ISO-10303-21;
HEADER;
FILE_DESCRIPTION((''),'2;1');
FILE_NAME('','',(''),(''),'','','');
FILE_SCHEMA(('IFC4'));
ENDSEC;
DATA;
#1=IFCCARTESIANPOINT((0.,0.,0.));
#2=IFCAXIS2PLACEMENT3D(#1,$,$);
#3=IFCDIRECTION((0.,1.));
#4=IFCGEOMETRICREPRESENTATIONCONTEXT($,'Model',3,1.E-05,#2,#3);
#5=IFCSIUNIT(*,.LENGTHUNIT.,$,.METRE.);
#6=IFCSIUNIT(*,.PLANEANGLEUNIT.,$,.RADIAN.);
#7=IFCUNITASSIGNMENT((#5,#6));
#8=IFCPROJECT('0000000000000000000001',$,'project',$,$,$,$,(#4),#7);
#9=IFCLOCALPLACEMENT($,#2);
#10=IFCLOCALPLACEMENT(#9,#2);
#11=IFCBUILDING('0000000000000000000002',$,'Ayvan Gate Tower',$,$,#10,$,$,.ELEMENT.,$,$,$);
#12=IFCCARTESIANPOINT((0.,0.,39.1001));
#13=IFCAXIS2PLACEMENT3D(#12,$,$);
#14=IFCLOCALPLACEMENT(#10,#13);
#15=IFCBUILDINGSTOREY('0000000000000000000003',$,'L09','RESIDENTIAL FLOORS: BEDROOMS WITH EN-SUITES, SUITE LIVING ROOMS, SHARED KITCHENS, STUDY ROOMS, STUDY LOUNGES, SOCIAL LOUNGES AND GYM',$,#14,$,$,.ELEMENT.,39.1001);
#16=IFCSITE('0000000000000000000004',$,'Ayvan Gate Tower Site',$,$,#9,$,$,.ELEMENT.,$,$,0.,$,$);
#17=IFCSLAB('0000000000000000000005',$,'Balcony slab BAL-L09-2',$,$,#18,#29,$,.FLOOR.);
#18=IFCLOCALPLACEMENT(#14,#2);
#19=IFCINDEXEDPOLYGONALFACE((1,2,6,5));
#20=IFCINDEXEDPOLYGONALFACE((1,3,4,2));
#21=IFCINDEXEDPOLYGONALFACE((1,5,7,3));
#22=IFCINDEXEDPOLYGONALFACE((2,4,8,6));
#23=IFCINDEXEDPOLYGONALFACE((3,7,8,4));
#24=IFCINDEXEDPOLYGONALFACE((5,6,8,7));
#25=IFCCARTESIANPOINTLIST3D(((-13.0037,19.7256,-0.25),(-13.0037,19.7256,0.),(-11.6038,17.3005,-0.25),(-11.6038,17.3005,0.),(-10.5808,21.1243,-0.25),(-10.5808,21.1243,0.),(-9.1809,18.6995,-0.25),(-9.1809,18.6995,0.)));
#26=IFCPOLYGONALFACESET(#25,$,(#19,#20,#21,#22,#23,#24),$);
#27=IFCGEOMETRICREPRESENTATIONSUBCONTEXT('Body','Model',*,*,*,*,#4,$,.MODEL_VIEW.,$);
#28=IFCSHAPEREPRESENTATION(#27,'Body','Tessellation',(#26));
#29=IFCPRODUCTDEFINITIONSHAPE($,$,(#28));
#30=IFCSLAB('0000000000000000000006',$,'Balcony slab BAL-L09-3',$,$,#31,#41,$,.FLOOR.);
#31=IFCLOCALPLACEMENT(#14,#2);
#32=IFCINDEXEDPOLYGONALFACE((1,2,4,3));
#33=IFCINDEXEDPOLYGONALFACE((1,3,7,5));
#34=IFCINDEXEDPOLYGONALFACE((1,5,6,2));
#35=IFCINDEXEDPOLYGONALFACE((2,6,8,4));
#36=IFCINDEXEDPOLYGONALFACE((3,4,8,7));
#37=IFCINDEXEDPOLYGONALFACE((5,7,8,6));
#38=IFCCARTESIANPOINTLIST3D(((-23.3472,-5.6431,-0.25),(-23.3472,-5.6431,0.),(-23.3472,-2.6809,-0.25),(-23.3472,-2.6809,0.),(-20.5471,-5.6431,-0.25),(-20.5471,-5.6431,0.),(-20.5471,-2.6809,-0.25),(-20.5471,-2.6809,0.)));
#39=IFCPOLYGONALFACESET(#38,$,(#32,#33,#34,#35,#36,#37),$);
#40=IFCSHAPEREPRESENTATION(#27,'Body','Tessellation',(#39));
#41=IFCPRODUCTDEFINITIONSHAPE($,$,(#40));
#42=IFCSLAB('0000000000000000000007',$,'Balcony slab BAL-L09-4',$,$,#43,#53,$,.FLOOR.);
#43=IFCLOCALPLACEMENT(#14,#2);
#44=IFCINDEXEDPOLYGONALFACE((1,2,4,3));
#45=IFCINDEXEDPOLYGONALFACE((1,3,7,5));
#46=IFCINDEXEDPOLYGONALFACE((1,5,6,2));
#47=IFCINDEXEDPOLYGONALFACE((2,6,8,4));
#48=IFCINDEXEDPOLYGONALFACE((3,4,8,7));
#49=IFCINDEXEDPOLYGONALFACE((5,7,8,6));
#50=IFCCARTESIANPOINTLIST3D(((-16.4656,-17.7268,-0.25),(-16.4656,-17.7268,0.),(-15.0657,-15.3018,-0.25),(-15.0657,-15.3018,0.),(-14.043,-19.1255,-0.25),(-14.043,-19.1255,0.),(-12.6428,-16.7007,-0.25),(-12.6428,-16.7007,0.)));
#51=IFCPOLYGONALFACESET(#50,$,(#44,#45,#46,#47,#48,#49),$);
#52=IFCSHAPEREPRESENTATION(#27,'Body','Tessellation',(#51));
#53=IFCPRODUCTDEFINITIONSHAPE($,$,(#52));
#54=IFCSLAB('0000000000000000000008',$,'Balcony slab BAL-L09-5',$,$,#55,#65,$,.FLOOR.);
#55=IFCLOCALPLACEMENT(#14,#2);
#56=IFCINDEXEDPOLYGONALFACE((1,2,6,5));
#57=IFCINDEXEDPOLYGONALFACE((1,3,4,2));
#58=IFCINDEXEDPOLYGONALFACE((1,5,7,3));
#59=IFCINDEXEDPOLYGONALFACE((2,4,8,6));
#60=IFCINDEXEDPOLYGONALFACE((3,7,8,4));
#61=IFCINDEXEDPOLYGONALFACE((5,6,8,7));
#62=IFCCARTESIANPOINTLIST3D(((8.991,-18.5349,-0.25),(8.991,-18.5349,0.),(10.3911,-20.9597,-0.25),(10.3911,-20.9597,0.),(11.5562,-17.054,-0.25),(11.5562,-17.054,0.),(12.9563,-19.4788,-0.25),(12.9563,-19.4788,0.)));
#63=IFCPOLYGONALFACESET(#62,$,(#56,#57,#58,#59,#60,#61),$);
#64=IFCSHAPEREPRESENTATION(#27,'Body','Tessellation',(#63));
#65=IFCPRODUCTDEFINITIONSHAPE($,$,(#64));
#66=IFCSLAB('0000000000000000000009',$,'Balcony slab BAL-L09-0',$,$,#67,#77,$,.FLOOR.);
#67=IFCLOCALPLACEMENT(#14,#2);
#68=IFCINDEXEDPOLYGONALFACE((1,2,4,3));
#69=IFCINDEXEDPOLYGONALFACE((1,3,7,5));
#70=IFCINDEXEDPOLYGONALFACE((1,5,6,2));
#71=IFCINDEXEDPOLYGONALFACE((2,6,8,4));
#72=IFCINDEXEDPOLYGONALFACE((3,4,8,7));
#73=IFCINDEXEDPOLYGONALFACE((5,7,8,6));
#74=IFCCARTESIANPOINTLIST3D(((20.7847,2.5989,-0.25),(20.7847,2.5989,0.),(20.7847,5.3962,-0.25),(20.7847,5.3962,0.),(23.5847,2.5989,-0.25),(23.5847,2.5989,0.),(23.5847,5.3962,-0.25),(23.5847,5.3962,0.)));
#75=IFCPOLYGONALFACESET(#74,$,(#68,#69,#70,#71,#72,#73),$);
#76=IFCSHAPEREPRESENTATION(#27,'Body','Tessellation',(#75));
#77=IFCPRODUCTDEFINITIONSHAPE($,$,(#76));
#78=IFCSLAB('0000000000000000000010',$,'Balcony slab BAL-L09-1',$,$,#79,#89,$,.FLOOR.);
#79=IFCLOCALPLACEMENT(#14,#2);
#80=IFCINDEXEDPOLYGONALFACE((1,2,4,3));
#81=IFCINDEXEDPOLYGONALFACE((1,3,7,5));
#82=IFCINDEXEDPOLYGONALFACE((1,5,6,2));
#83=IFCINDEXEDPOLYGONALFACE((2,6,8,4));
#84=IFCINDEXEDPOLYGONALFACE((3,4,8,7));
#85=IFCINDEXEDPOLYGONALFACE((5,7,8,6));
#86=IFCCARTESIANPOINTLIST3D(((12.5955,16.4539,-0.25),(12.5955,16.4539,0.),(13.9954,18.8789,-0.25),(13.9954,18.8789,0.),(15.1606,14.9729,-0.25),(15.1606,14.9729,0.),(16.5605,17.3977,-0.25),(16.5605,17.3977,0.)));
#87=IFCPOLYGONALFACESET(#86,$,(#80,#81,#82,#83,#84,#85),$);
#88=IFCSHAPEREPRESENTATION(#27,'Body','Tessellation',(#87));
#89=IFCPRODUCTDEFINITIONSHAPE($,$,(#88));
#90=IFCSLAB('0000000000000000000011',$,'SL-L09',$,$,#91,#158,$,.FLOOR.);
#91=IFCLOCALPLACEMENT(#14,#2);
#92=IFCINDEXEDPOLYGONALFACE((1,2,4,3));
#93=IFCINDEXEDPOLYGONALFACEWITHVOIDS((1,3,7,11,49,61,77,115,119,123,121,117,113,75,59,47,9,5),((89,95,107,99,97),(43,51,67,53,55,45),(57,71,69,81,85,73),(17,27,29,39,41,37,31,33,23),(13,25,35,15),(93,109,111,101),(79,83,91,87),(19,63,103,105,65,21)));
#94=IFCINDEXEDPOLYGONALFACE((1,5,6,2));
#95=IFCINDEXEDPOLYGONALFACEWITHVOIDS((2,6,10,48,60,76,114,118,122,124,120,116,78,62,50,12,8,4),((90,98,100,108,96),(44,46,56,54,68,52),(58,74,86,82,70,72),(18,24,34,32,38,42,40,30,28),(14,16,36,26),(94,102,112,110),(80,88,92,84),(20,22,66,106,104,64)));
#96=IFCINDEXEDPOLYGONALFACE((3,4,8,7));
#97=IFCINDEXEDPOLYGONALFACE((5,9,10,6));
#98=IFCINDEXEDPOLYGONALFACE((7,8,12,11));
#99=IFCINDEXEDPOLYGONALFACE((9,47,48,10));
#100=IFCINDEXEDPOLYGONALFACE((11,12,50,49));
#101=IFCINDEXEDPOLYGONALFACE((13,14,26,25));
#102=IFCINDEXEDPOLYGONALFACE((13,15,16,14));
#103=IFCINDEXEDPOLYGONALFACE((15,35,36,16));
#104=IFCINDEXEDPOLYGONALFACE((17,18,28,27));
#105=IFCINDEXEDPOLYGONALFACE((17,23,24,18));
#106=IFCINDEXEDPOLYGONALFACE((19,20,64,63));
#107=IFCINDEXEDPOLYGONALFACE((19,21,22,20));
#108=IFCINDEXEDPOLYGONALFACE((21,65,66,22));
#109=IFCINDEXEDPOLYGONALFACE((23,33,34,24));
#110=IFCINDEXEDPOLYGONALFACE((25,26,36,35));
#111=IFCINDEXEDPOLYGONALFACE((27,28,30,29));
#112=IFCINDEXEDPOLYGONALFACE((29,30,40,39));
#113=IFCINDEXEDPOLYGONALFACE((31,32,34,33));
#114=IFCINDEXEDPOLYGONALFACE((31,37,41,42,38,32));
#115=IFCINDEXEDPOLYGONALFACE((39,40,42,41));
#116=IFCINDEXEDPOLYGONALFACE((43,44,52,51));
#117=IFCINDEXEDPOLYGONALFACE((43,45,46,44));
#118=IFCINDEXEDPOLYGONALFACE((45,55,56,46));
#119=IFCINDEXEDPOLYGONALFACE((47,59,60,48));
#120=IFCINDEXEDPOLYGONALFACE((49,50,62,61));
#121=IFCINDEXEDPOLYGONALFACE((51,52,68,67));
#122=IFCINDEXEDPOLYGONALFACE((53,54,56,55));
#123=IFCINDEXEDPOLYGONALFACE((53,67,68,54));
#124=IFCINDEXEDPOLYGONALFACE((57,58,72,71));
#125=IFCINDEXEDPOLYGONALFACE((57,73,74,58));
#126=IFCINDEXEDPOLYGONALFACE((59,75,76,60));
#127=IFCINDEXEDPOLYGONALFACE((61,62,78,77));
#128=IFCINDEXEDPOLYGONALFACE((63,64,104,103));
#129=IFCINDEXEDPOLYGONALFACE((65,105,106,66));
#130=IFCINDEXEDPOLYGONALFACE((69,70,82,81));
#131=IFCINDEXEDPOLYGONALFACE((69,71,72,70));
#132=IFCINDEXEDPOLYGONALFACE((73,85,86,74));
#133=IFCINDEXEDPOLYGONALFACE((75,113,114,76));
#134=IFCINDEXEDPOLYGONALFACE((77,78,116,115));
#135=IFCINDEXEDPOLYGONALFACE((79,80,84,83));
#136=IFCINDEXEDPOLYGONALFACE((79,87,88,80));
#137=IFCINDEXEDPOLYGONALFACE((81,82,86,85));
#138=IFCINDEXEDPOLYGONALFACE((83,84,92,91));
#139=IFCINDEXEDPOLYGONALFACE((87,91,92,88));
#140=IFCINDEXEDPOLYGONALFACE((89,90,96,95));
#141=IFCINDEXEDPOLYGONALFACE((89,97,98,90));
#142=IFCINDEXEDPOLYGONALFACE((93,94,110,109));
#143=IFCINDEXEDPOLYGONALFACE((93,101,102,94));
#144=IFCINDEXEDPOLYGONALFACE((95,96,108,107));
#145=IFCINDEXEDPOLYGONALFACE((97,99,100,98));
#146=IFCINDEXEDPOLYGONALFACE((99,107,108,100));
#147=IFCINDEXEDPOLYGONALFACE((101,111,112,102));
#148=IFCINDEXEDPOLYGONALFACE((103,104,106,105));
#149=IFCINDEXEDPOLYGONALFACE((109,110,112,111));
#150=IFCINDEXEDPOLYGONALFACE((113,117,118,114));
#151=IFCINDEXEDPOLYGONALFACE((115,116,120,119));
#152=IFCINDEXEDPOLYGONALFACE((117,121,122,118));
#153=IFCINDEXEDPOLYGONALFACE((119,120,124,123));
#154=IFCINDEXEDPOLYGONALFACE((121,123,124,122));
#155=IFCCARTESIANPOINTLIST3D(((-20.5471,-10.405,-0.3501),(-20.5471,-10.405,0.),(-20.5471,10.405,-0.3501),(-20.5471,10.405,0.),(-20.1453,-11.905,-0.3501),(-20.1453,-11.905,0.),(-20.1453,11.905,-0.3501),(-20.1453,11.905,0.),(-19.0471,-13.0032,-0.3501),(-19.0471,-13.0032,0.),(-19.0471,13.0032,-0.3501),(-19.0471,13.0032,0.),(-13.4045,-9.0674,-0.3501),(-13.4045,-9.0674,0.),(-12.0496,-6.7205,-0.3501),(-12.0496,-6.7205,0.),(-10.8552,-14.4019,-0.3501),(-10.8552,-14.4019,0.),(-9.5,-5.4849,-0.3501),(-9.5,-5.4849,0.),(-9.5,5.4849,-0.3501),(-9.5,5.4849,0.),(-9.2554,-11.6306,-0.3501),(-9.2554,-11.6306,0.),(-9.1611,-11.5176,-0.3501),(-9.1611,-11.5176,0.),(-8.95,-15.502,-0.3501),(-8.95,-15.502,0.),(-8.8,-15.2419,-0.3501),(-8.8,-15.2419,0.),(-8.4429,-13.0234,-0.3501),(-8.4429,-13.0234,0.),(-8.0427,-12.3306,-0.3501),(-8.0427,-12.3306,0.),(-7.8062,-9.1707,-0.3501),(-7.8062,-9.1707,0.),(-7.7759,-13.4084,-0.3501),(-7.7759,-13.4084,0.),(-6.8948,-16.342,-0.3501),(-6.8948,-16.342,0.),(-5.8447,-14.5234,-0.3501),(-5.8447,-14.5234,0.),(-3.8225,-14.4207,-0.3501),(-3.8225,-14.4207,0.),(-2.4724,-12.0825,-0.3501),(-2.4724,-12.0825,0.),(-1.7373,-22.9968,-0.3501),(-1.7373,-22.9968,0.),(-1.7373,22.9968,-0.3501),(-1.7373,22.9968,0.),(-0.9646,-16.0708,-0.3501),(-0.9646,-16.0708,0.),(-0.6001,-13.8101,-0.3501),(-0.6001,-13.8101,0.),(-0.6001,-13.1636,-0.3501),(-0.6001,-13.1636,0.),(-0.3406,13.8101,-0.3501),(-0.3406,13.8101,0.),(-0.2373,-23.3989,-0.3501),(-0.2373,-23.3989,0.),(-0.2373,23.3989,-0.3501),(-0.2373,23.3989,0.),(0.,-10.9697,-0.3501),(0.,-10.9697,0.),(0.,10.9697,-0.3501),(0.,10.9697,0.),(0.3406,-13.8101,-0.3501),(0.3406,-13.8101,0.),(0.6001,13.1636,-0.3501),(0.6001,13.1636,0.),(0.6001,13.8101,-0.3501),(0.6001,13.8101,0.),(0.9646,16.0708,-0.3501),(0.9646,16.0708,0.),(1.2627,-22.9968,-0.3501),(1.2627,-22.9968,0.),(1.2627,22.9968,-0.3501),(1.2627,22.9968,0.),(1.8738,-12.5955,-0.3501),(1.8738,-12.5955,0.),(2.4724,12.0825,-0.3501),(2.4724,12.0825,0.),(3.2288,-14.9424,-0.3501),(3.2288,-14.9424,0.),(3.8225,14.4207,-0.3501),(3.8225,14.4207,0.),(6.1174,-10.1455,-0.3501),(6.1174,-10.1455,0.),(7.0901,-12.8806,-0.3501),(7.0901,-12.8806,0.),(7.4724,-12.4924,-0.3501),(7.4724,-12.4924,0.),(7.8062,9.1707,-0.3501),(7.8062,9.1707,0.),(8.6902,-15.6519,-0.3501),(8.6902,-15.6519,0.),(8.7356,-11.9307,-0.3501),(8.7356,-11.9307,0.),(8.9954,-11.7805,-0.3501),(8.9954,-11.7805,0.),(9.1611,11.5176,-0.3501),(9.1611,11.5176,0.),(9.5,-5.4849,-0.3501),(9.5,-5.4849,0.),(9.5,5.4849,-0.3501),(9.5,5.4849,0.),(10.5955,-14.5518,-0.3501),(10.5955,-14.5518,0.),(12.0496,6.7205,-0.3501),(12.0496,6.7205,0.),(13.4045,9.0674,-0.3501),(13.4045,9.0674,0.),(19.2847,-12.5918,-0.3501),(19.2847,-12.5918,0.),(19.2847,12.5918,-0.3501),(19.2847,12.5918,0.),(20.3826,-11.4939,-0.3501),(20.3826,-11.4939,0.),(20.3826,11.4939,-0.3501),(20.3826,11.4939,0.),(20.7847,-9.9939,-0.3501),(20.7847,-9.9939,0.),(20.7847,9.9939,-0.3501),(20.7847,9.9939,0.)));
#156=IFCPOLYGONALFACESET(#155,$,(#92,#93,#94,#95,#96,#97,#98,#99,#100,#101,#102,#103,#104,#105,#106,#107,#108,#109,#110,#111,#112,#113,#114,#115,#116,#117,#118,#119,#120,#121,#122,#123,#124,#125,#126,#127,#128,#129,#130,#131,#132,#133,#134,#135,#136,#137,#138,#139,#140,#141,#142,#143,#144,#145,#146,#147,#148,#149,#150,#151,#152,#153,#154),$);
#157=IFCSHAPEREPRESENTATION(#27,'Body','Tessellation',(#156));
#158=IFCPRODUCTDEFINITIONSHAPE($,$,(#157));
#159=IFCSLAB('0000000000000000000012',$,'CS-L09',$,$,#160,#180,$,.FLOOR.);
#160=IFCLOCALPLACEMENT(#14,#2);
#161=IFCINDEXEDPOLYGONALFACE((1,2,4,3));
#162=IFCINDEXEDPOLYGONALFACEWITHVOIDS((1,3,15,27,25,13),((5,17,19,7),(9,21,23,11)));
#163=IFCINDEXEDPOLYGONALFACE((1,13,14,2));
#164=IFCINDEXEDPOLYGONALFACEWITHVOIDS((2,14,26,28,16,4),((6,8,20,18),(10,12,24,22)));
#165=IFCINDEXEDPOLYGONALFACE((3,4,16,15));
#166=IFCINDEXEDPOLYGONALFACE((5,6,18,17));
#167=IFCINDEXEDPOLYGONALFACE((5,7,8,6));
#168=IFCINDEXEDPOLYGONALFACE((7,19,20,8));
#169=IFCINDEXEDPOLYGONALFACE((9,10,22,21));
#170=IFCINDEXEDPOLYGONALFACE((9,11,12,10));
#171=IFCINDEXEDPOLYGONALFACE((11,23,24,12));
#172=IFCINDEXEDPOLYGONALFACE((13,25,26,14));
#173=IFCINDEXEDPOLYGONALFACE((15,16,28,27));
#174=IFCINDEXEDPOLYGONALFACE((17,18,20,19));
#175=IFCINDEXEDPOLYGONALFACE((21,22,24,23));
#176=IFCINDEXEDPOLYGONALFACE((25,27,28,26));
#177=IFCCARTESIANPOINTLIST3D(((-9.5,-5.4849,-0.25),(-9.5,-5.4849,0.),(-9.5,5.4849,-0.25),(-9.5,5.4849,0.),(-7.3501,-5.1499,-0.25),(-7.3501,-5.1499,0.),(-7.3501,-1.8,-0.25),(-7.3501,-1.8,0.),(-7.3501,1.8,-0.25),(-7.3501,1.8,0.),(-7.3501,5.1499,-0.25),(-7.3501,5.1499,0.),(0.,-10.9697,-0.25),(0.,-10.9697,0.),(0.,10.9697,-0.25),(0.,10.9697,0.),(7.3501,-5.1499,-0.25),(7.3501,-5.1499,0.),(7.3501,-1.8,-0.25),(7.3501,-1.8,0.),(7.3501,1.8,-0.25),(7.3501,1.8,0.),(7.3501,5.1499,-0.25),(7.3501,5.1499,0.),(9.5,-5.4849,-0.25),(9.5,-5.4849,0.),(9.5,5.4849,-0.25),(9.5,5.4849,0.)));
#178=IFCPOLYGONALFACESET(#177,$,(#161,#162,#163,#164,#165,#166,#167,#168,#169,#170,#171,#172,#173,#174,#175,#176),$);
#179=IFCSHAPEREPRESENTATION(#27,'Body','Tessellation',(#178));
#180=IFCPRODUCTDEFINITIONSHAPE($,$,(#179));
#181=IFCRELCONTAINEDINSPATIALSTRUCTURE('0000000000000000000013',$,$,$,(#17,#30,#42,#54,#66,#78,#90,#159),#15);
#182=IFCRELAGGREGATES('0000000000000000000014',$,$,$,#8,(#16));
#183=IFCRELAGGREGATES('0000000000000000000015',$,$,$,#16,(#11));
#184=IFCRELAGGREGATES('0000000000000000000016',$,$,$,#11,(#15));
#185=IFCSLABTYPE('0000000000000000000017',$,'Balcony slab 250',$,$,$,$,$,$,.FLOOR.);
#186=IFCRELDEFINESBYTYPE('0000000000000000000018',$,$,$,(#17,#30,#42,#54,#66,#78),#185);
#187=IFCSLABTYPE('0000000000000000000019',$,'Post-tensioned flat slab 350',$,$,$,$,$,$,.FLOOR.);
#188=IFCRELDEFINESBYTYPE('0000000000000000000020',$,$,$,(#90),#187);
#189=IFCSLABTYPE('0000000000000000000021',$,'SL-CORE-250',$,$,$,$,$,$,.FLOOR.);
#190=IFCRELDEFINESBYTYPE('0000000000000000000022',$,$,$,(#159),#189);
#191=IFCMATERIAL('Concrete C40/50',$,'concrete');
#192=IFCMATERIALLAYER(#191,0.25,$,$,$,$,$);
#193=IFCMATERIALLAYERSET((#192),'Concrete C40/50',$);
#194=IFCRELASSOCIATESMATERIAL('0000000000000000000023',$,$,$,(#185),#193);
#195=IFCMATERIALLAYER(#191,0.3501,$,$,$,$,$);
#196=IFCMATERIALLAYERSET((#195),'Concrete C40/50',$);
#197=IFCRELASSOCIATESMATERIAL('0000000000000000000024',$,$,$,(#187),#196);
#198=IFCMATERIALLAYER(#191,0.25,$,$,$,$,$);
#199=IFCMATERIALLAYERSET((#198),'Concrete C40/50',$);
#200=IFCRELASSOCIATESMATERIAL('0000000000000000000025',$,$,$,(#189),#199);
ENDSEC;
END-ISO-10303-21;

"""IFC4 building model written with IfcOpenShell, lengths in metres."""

from ifc_helpers import new_model, si_unit, direction, frame, origin, place, context, subcontext, project, spatial, polyline, outline, extrude, material, layer, layer_set, type_object, element, save


model = new_model("IFC4")

# Units and contexts
model_context = context("Model", 3, precision=1e-05, world=origin(), true_north=direction((0.0, 1.0)))
body_context = subcontext(model_context, "Body", "Model", "MODEL_VIEW")
ifc_project = project(units=[si_unit("LENGTHUNIT", "METRE"), si_unit("PLANEANGLEUNIT", "RADIAN")], contexts=[model_context])

# Site, building, storey
site_placement = place(None, origin())
site = spatial("IfcSite", under=ifc_project, at=site_placement, Name="Ayvan Gate Tower Site", CompositionType="ELEMENT", RefElevation=0.0)
building_placement = place(site_placement, origin())
building = spatial("IfcBuilding", under=site, at=building_placement, Name="Ayvan Gate Tower", CompositionType="ELEMENT")
storey_placement = place(building_placement, frame((0.0, 0.0, 39.1001)))
storey = spatial("IfcBuildingStorey", under=building, at=storey_placement, Name="L09", Description="RESIDENTIAL FLOORS: BEDROOMS WITH EN-SUITES, SUITE LIVING ROOMS, SHARED KITCHENS, STUDY ROOMS, STUDY LOUNGES, SOCIAL LOUNGES AND GYM", CompositionType="ELEMENT", Elevation=39.1001)

# Slabs
ifc_material_1 = material(Name="Concrete C40/50", Category="concrete")
ifc_layer_1 = layer(ifc_material_1, 0.25)
ifc_layer_set_1 = layer_set([ifc_layer_1], Name="Concrete C40/50")
slab_type_1 = type_object("IfcSlabType", Name="Balcony slab 250", PredefinedType="FLOOR", material=ifc_layer_set_1)
slab_1_placement = place(storey_placement, frame((0.0, 0.0, -0.25)))
element("IfcSlab", 1, at=slab_1_placement, inside=storey, type_object=slab_type_1, Name="Balcony slab BAL-L09-2", PredefinedType="FLOOR", context=body_context, shape_type="SweptSolid", body=[
    extrude(outline(polyline([(-9.1809, 18.6995), (-11.6038, 17.3005), (-13.0037, 19.7256), (-10.5808, 21.1243), (-9.1809, 18.6995)])), origin(), (0.0, 0.0, 1.0), 0.25),
])
slab_2_placement = place(storey_placement, frame((0.0, 0.0, -0.25)))
element("IfcSlab", 2, at=slab_2_placement, inside=storey, type_object=slab_type_1, Name="Balcony slab BAL-L09-3", PredefinedType="FLOOR", context=body_context, shape_type="SweptSolid", body=[
    extrude(outline(polyline([(-20.5471, -2.6809), (-20.5471, -5.6431), (-23.3472, -5.6431), (-23.3472, -2.6809), (-20.5471, -2.6809)])), origin(), (0.0, 0.0, 1.0), 0.25),
])
slab_3_placement = place(storey_placement, frame((0.0, 0.0, -0.25)))
element("IfcSlab", 3, at=slab_3_placement, inside=storey, type_object=slab_type_1, Name="Balcony slab BAL-L09-4", PredefinedType="FLOOR", context=body_context, shape_type="SweptSolid", body=[
    extrude(outline(polyline([(-15.0657, -15.3018), (-12.6428, -16.7007), (-14.043, -19.1255), (-16.4656, -17.7268), (-15.0657, -15.3018)])), origin(), (0.0, 0.0, 1.0), 0.25),
])
slab_4_placement = place(storey_placement, frame((0.0, 0.0, -0.25)))
element("IfcSlab", 4, at=slab_4_placement, inside=storey, type_object=slab_type_1, Name="Balcony slab BAL-L09-5", PredefinedType="FLOOR", context=body_context, shape_type="SweptSolid", body=[
    extrude(outline(polyline([(8.991, -18.5349), (11.5562, -17.054), (12.9563, -19.4788), (10.3911, -20.9597), (8.991, -18.5349)])), origin(), (0.0, 0.0, 1.0), 0.25),
])
slab_5_placement = place(storey_placement, frame((0.0, 0.0, -0.25)))
element("IfcSlab", 5, at=slab_5_placement, inside=storey, type_object=slab_type_1, Name="Balcony slab BAL-L09-0", PredefinedType="FLOOR", context=body_context, shape_type="SweptSolid", body=[
    extrude(outline(polyline([(20.7847, 2.5989), (20.7847, 5.3962), (23.5847, 5.3962), (23.5847, 2.5989), (20.7847, 2.5989)])), origin(), (0.0, 0.0, 1.0), 0.25),
])
slab_6_placement = place(storey_placement, frame((0.0, 0.0, -0.25)))
element("IfcSlab", 6, at=slab_6_placement, inside=storey, type_object=slab_type_1, Name="Balcony slab BAL-L09-1", PredefinedType="FLOOR", context=body_context, shape_type="SweptSolid", body=[
    extrude(outline(polyline([(15.1606, 14.9729), (12.5955, 16.4539), (13.9954, 18.8789), (16.5605, 17.3977), (15.1606, 14.9729)])), origin(), (0.0, 0.0, 1.0), 0.25),
])
ifc_layer_2 = layer(ifc_material_1, 0.3501)
ifc_layer_set_2 = layer_set([ifc_layer_2], Name="Concrete C40/50")
slab_type_2 = type_object("IfcSlabType", Name="Post-tensioned flat slab 350", PredefinedType="FLOOR", material=ifc_layer_set_2)
slab_7_placement = place(storey_placement, frame((0.0, 0.0, -0.3501)))
element("IfcSlab", 7, at=slab_7_placement, inside=storey, type_object=slab_type_2, Name="SL-L09", PredefinedType="FLOOR", context=body_context, shape_type="SweptSolid", body=[
    extrude(outline(polyline([(-1.7373, -22.9968), (-19.0471, -13.0032), (-20.1453, -11.905), (-20.5471, -10.405), (-20.5471, 10.405), (-20.1453, 11.905), (-19.0471, 13.0032), (-1.7373, 22.9968), (-0.2373, 23.3989), (1.2627, 22.9968), (19.2847, 12.5918), (20.3826, 11.4939), (20.7847, 9.9939), (20.7847, -9.9939), (20.3826, -11.4939), (19.2847, -12.5918), (1.2627, -22.9968), (-0.2373, -23.3989), (-1.7373, -22.9968)]), holes=[polyline([(9.1611, 11.5176), (7.8062, 9.1707), (12.0496, 6.7205), (13.4045, 9.0674), (9.1611, 11.5176)]), polyline([(10.5955, -14.5518), (8.9954, -11.7805), (8.7356, -11.9307), (7.0901, -12.8806), (8.6902, -15.6519), (10.5955, -14.5518)]), polyline([(-9.5, 5.4849), (-9.5, -5.4849), (0.0, -10.9697), (9.5, -5.4849), (9.5, 5.4849), (0.0, 10.9697), (-9.5, 5.4849)]), polyline([(7.4724, -12.4924), (6.1174, -10.1455), (1.8738, -12.5955), (3.2288, -14.9424), (7.4724, -12.4924)]), polyline([(3.8225, 14.4207), (0.9646, 16.0708), (-0.3406, 13.8101), (0.6001, 13.8101), (0.6001, 13.1636), (2.4724, 12.0825), (3.8225, 14.4207)]), polyline([(-0.6001, -13.8101), (-0.6001, -13.1636), (-2.4724, -12.0825), (-3.8225, -14.4207), (-0.9646, -16.0708), (0.3406, -13.8101), (-0.6001, -13.8101)]), polyline([(-10.8552, -14.4019), (-8.95, -15.502), (-8.8, -15.2419), (-6.8948, -16.342), (-5.8447, -14.5234), (-7.7759, -13.4084), (-8.4429, -13.0234), (-8.0427, -12.3306), (-9.2554, -11.6306), (-10.8552, -14.4019)]), polyline([(-12.0496, -6.7205), (-13.4045, -9.0674), (-9.1611, -11.5176), (-7.8062, -9.1707), (-12.0496, -6.7205)])]), origin(), (0.0, 0.0, 1.0), 0.3501),
])
ifc_layer_3 = layer(ifc_material_1, 0.25)
ifc_layer_set_3 = layer_set([ifc_layer_3], Name="Concrete C40/50")
slab_type_3 = type_object("IfcSlabType", Name="SL-CORE-250", PredefinedType="FLOOR", material=ifc_layer_set_3)
slab_8_placement = place(storey_placement, frame((0.0, 0.0, -0.25)))
element("IfcSlab", 8, at=slab_8_placement, inside=storey, type_object=slab_type_3, Name="CS-L09", PredefinedType="FLOOR", context=body_context, shape_type="SweptSolid", body=[
    extrude(outline(polyline([(9.5, -5.4849), (0.0, -10.9697), (-9.5, -5.4849), (-9.5, 5.4849), (0.0, 10.9697), (9.5, 5.4849), (9.5, -5.4849)]), holes=[polyline([(-7.3501, -1.8), (-7.3501, -5.1499), (7.3501, -5.1499), (7.3501, -1.8), (-7.3501, -1.8)]), polyline([(-7.3501, 5.1499), (-7.3501, 1.8), (7.3501, 1.8), (7.3501, 5.1499), (-7.3501, 5.1499)])]), origin(), (0.0, 0.0, 1.0), 0.25),
])

save(model, "model.ifc")
